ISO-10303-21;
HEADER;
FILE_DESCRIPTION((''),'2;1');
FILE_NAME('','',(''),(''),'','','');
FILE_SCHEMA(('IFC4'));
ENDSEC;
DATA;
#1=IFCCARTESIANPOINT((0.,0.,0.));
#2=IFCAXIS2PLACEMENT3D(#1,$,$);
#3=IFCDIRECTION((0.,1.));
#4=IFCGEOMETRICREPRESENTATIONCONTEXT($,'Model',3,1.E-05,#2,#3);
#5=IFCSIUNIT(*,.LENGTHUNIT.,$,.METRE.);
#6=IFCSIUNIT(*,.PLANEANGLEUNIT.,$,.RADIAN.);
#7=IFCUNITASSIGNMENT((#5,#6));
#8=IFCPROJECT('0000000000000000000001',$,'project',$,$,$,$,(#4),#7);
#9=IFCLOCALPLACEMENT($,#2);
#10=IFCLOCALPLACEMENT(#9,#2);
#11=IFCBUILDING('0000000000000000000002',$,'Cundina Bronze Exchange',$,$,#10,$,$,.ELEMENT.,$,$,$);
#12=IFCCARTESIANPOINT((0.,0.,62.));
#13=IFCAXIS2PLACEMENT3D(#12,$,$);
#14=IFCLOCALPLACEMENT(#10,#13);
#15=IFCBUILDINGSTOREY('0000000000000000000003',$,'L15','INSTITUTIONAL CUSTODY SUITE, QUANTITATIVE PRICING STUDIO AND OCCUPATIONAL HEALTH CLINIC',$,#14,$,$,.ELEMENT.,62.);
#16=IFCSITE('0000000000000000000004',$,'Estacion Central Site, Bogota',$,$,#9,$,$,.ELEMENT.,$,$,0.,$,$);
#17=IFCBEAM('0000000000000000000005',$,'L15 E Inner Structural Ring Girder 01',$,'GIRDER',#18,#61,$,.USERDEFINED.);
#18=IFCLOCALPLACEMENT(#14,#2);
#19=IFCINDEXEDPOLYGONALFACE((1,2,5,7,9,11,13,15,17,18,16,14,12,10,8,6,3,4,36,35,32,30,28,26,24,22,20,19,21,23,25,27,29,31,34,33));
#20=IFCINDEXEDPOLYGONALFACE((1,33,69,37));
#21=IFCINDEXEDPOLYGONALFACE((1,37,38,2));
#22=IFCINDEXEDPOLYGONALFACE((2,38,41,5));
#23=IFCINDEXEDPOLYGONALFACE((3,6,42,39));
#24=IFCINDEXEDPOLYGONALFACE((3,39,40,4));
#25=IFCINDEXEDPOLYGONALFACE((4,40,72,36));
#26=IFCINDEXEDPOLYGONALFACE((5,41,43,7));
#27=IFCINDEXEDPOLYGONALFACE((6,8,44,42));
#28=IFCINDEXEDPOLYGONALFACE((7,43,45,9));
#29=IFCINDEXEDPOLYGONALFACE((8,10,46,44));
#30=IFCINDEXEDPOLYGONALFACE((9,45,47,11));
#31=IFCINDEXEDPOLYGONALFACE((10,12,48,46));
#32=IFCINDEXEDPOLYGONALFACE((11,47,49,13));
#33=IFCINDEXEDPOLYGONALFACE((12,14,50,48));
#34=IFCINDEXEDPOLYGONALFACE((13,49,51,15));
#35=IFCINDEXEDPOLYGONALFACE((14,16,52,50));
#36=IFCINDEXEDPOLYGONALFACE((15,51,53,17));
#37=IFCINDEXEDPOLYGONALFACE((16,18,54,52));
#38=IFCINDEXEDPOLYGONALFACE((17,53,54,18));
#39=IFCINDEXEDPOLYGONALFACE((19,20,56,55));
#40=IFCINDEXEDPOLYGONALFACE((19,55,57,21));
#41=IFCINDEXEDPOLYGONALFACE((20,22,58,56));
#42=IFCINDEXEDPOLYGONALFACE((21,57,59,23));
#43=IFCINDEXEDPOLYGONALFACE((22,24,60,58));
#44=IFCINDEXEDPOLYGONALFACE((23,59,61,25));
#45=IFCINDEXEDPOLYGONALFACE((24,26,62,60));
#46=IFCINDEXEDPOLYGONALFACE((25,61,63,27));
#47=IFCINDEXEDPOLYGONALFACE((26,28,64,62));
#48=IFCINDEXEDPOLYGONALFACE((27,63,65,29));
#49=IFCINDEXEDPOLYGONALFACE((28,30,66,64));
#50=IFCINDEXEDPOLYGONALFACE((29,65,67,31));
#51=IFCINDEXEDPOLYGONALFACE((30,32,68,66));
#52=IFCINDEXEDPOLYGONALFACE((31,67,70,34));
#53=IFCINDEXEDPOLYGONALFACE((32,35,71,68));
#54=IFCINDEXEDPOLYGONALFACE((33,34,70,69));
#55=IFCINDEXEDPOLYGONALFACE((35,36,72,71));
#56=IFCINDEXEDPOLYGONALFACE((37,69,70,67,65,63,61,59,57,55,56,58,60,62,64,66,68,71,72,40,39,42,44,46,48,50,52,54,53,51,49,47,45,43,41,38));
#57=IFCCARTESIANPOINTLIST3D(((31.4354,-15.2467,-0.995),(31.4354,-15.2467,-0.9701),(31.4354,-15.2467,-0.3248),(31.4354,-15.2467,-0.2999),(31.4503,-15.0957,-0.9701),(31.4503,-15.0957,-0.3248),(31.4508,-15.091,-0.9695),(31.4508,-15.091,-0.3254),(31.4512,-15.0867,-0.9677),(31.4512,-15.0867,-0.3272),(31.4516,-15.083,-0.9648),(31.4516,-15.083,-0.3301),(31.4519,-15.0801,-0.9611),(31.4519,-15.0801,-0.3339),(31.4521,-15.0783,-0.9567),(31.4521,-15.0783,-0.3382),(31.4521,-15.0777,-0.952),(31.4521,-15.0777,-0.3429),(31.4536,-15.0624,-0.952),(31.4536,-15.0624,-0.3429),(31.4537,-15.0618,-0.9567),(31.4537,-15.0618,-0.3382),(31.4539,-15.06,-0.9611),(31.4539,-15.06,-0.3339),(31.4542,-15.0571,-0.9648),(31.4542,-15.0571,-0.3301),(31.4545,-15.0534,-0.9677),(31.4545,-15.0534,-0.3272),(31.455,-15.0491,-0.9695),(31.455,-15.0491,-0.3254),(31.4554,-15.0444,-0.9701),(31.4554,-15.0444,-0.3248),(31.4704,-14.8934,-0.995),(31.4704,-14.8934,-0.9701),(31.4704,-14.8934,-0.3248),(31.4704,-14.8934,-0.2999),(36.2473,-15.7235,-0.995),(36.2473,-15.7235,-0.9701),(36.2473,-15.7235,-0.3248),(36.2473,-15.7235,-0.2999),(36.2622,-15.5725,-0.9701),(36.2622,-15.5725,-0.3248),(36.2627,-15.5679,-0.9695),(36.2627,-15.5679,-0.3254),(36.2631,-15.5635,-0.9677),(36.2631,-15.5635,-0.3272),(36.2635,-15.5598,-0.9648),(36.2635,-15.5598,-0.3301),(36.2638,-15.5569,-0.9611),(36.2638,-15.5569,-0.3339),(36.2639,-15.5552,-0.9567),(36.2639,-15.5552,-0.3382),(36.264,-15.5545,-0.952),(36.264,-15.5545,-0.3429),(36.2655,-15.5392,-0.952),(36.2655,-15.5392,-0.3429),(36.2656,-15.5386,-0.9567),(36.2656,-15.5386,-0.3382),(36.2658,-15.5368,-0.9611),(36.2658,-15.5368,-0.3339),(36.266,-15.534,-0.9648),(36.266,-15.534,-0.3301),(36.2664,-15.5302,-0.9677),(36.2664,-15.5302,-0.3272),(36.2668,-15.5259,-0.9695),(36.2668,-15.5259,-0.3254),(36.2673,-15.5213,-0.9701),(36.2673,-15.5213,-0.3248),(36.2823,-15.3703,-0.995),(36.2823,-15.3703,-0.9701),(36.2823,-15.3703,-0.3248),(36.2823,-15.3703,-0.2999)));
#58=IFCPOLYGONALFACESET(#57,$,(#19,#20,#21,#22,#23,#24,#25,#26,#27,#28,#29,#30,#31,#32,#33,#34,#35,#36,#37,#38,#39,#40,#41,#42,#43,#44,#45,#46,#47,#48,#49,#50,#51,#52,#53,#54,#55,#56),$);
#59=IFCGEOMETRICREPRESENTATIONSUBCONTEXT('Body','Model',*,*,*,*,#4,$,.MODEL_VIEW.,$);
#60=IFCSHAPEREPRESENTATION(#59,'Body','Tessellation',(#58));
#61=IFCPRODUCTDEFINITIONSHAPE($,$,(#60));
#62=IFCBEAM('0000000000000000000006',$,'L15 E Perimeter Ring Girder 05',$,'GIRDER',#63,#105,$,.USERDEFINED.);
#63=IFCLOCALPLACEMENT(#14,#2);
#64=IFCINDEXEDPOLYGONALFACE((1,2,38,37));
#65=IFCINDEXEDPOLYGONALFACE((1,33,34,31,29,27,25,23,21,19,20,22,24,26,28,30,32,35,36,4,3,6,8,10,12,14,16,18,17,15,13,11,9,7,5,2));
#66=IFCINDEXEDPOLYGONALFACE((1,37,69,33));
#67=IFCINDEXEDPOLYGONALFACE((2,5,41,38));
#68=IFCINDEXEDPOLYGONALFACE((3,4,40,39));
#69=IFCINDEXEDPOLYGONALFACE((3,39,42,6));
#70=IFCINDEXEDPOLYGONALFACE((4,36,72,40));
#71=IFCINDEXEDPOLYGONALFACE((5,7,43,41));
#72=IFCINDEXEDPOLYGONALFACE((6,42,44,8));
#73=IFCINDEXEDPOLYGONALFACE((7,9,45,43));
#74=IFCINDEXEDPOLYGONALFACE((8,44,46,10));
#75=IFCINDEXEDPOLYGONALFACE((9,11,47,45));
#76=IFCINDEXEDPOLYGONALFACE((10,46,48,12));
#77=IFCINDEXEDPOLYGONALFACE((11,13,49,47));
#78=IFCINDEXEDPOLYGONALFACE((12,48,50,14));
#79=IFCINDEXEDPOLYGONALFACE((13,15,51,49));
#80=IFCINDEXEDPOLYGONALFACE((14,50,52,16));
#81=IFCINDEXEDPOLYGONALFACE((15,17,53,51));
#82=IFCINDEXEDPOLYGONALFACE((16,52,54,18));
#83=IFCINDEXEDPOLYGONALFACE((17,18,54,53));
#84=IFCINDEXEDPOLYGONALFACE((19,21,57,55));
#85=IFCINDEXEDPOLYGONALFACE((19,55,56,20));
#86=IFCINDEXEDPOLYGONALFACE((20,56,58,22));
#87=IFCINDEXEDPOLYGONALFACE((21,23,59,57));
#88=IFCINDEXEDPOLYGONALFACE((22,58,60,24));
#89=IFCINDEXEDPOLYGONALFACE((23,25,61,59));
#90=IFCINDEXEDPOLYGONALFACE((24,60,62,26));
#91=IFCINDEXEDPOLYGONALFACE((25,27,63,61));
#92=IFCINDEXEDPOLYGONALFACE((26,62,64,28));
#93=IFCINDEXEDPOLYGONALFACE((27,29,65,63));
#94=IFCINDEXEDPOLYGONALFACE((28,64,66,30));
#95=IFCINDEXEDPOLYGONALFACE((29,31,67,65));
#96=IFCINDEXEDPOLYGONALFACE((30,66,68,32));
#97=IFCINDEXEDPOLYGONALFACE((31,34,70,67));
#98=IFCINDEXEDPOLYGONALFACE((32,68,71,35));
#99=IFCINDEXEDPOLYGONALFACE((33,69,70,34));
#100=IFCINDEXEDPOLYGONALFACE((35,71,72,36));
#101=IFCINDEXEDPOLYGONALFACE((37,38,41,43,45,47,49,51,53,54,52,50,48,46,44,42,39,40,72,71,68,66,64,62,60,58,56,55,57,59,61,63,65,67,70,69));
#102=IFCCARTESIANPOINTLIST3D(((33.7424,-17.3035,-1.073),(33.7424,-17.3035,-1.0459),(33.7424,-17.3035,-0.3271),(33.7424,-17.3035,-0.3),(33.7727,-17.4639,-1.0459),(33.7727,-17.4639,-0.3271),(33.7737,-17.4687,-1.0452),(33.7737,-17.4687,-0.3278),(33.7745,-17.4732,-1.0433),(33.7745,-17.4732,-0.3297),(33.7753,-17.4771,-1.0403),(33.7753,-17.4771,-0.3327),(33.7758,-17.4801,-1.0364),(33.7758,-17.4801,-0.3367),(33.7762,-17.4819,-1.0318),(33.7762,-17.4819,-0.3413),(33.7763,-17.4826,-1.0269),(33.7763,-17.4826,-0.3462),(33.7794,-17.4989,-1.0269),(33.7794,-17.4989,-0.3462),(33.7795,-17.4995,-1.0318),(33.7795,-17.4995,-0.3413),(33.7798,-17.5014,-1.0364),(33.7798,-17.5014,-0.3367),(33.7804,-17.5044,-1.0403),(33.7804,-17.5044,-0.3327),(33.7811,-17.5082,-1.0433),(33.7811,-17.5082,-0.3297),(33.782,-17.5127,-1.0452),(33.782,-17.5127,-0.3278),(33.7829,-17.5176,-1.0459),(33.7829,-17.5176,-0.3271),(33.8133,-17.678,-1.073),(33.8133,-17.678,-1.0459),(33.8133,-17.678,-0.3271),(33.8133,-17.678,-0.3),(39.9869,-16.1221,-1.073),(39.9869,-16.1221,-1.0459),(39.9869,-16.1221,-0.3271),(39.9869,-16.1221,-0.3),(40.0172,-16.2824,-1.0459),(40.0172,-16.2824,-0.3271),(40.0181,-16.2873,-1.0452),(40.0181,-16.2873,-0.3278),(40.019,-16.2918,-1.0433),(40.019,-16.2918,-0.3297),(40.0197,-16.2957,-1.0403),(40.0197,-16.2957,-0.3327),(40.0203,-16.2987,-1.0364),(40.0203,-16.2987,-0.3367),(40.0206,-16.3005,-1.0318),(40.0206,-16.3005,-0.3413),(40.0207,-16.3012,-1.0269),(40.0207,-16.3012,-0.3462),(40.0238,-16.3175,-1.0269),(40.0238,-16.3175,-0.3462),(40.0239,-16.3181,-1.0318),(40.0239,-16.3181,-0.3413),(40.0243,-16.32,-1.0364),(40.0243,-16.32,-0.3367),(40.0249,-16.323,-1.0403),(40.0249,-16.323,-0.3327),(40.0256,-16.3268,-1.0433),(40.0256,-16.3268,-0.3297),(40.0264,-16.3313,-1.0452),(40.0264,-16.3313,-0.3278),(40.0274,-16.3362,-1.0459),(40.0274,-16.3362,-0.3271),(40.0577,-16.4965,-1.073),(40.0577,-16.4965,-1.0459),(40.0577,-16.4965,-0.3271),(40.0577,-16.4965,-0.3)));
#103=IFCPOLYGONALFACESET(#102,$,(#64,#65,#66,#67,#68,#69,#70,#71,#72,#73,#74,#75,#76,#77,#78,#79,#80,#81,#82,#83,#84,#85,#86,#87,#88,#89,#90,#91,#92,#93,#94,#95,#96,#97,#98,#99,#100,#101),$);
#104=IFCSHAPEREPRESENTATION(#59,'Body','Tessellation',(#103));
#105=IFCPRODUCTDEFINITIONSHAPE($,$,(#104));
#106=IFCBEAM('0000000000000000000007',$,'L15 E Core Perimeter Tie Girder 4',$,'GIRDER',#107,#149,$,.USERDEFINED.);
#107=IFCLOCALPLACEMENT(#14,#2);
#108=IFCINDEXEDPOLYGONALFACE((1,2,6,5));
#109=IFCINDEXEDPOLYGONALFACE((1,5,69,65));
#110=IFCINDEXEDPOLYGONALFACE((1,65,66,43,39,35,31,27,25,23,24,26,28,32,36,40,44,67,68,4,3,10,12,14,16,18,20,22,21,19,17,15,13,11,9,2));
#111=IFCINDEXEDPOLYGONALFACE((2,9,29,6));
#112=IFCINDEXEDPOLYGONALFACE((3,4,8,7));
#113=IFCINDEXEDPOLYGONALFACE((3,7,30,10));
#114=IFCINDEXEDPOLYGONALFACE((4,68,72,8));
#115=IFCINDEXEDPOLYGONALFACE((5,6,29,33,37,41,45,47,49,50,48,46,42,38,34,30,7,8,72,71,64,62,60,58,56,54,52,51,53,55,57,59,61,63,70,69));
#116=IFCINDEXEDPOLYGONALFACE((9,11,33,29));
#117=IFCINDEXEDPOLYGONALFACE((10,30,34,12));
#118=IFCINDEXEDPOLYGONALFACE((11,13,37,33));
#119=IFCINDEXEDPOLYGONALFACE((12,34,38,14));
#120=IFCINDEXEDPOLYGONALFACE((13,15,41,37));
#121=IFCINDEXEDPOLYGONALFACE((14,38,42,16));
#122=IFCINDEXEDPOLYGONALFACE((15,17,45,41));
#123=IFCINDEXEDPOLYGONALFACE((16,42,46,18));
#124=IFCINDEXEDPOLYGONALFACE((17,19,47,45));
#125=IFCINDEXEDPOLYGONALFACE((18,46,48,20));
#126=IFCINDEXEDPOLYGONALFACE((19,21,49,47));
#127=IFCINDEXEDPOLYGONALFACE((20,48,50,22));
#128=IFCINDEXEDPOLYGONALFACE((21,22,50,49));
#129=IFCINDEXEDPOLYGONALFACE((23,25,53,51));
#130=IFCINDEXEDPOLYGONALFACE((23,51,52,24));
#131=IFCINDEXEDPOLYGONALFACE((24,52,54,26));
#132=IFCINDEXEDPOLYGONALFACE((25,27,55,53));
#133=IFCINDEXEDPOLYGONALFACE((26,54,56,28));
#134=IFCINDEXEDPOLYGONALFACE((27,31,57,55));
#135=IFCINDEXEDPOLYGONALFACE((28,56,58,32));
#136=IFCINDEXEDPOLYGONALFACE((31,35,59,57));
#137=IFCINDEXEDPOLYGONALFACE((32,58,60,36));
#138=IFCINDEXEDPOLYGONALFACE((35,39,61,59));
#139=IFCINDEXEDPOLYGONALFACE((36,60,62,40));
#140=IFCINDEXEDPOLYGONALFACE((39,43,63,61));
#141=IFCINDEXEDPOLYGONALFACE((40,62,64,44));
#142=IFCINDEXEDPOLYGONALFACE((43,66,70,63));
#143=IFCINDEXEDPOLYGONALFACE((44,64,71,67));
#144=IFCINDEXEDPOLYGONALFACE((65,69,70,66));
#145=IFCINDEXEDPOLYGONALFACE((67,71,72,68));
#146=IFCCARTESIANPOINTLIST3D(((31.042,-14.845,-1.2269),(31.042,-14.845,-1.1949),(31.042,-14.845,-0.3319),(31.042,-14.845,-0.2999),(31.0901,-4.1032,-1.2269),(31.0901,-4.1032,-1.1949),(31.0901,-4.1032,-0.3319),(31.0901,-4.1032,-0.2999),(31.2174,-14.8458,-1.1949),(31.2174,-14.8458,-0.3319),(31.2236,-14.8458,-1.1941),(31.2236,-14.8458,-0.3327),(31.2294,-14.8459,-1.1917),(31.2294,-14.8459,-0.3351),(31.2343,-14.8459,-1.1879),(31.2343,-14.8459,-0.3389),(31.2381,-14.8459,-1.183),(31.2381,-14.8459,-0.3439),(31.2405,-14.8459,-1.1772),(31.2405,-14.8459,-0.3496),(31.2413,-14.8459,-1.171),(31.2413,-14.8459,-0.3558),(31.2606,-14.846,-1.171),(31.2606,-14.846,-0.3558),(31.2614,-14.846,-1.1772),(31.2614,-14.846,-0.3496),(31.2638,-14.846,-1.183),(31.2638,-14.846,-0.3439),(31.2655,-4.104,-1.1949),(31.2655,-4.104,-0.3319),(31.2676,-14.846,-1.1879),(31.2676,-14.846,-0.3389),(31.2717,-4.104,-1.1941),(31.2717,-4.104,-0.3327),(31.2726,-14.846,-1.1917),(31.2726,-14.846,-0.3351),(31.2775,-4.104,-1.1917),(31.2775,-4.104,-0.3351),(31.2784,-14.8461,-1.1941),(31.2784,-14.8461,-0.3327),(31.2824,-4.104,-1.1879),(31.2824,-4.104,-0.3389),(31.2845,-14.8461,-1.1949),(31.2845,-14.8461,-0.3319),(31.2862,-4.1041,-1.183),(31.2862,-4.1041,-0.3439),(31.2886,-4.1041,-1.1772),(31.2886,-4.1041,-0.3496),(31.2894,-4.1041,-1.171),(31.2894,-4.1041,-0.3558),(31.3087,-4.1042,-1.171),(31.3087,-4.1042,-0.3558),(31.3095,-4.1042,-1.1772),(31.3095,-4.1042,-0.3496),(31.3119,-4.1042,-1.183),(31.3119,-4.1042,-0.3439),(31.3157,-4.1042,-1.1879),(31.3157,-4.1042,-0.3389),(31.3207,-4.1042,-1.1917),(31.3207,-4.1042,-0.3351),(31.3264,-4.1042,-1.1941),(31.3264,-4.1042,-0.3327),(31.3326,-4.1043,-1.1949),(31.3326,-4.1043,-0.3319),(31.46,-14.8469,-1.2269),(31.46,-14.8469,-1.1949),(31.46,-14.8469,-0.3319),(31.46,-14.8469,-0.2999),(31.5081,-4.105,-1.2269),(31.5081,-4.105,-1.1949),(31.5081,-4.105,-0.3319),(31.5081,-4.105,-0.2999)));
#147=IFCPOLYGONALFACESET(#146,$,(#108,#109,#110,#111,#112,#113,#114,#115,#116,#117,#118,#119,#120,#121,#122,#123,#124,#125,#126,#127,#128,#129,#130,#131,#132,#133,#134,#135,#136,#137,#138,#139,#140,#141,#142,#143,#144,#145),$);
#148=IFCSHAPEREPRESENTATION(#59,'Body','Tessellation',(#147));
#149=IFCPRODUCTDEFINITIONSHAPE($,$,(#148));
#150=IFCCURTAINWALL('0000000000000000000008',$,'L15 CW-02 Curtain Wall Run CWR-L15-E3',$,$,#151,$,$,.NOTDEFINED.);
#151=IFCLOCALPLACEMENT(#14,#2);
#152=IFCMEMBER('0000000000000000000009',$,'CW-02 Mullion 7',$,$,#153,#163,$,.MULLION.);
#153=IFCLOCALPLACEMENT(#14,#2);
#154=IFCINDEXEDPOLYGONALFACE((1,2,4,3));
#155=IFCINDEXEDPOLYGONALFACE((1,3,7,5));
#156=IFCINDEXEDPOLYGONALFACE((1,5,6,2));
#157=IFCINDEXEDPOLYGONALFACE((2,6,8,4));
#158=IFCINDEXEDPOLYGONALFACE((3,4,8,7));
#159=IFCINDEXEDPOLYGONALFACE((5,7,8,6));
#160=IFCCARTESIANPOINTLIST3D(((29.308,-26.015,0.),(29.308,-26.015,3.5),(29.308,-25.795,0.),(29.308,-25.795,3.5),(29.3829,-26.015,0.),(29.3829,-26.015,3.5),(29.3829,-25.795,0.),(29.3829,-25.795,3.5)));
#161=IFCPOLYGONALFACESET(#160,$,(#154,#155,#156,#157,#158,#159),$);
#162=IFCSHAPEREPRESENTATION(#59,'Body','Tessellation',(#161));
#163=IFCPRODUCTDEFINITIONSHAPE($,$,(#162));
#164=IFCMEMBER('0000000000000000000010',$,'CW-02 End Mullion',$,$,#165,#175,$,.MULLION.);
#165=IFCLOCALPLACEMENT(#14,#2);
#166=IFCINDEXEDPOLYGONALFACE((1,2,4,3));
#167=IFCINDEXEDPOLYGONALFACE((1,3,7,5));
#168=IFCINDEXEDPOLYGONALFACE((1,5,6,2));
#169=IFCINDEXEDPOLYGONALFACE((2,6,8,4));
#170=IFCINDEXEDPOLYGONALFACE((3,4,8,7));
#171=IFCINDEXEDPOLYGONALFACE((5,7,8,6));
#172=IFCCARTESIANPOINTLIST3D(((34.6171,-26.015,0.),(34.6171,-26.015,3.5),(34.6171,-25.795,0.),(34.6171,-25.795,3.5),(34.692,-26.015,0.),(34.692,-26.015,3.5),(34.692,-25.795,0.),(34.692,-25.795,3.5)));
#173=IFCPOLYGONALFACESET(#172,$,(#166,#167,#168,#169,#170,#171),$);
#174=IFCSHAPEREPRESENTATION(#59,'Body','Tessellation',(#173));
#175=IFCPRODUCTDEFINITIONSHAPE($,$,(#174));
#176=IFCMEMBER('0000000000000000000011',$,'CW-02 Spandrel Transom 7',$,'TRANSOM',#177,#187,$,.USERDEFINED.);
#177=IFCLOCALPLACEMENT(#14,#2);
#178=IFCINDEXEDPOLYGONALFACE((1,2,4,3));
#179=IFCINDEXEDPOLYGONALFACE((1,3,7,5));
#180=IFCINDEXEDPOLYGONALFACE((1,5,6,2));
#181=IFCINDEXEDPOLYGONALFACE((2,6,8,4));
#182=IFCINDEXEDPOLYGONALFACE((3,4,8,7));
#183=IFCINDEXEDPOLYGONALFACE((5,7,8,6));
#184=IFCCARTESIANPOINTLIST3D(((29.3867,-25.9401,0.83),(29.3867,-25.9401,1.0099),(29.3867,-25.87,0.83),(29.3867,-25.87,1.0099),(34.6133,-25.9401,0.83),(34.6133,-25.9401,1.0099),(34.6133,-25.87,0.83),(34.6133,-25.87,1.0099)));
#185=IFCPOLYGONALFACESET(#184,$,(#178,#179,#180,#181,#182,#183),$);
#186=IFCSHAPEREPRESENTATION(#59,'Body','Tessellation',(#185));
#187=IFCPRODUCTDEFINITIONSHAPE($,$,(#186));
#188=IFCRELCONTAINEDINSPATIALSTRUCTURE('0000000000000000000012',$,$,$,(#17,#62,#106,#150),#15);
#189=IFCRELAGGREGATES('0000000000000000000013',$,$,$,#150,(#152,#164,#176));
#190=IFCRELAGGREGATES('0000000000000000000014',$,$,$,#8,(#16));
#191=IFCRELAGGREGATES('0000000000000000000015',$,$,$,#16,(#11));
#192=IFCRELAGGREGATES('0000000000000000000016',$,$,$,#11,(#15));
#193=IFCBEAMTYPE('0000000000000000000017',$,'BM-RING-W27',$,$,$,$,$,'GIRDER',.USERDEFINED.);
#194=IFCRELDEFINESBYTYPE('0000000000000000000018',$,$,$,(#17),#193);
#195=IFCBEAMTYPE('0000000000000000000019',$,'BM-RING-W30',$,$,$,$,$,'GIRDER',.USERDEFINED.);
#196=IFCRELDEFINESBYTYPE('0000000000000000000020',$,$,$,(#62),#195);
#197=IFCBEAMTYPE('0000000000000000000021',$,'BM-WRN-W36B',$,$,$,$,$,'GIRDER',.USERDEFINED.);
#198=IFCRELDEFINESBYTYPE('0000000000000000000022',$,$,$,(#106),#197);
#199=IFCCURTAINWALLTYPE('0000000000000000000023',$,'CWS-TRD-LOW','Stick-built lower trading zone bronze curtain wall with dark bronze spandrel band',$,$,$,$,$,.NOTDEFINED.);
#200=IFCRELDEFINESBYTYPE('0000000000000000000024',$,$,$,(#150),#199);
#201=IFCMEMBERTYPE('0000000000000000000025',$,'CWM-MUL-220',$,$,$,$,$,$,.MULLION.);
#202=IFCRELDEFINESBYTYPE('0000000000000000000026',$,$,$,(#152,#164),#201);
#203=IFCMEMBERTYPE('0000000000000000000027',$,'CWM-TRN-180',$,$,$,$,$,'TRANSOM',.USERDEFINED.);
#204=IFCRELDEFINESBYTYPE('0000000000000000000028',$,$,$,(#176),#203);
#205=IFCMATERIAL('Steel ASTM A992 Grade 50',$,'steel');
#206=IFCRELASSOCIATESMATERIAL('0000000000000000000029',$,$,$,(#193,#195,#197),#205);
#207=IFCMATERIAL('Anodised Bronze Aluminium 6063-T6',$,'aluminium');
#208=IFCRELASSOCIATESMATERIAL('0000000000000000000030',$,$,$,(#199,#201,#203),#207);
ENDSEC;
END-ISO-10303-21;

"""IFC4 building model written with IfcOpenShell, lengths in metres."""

from ifc_helpers import new_model, si_unit, direction, frame, origin, origin_2d, place, context, subcontext, project, spatial, rectangle, i_section, extrude, material, material_profile, profile_set, type_object, element, aggregate, save


model = new_model("IFC4")

# Units and contexts
model_context = context("Model", 3, precision=1e-05, world=origin(), true_north=direction((0.0, 1.0)))
body_context = subcontext(model_context, "Body", "Model", "MODEL_VIEW")
ifc_project = project(units=[si_unit("LENGTHUNIT", "METRE"), si_unit("PLANEANGLEUNIT", "RADIAN")], contexts=[model_context])

# Site, building, storey
site_placement = place(None, origin())
site = spatial("IfcSite", under=ifc_project, at=site_placement, Name="Estacion Central Site, Bogota", CompositionType="ELEMENT", RefElevation=0.0)
building_placement = place(site_placement, origin())
building = spatial("IfcBuilding", under=site, at=building_placement, Name="Cundina Bronze Exchange", CompositionType="ELEMENT")
storey_placement = place(building_placement, frame((0.0, 0.0, 62.0)))
storey = spatial("IfcBuildingStorey", under=building, at=storey_placement, Name="L15", Description="INSTITUTIONAL CUSTODY SUITE, QUANTITATIVE PRICING STUDIO AND OCCUPATIONAL HEALTH CLINIC", CompositionType="ELEMENT", Elevation=62.0)

# Shared definitions
ifc_material_1 = material(Name="Steel ASTM A992 Grade 50", Category="steel")

# Beams
ifc_material_profile_1 = material_profile(ifc_material_1, i_section(OverallWidth=0.355, OverallDepth=0.6951, WebThickness=0.0154, FlangeThickness=0.0249, FilletRadius=0.0181, at=origin_2d()), Name="W27X146", Category="steel")
ifc_profile_set_1 = profile_set([ifc_material_profile_1], Name="Steel ASTM A992 Grade 50")
beam_type_1 = type_object("IfcBeamType", Name="BM-RING-W27", ElementType="GIRDER", PredefinedType="USERDEFINED", material=ifc_profile_set_1)
beam_1_placement = place(storey_placement, frame((31.4529, -15.0701, -0.6475), z_axis=(0.995126, -0.098609, 0.0), x_axis=(0.098609, 0.995126, 0.0)))
element("IfcBeam", 1, at=beam_1_placement, inside=storey, type_object=beam_type_1, Name="L15 E Inner Structural Ring Girder 01", ObjectType="GIRDER", PredefinedType="USERDEFINED", context=body_context, shape_type="SweptSolid", body=[
    extrude(i_section(OverallWidth=0.355, OverallDepth=0.6951, WebThickness=0.0154, FlangeThickness=0.0249, FilletRadius=0.0181, at=origin_2d()), origin(), (0.0, 0.0, 1.0), 4.8354),
])
ifc_material_profile_2 = material_profile(ifc_material_1, i_section(OverallWidth=0.3811, OverallDepth=0.7729, WebThickness=0.0166, FlangeThickness=0.0271, FilletRadius=0.019, at=origin_2d()), Name="W30X173", Category="steel")
ifc_profile_set_2 = profile_set([ifc_material_profile_2], Name="Steel ASTM A992 Grade 50")
beam_type_2 = type_object("IfcBeamType", Name="BM-RING-W30", ElementType="GIRDER", PredefinedType="USERDEFINED", material=ifc_profile_set_2)
beam_2_placement = place(storey_placement, frame((33.7778, -17.4907, -0.6865), z_axis=(0.982569, 0.185896, 0.0), x_axis=(-0.185896, 0.982569, 0.0)))
element("IfcBeam", 2, at=beam_2_placement, inside=storey, type_object=beam_type_2, Name="L15 E Perimeter Ring Girder 05", ObjectType="GIRDER", PredefinedType="USERDEFINED", context=body_context, shape_type="SweptSolid", body=[
    extrude(i_section(OverallWidth=0.3811, OverallDepth=0.7729, WebThickness=0.0166, FlangeThickness=0.0271, FilletRadius=0.019, at=origin_2d()), origin(), (0.0, 0.0, 1.0), 6.3552),
])
ifc_material_profile_3 = material_profile(ifc_material_1, i_section(OverallWidth=0.418, OverallDepth=0.927, WebThickness=0.0193, FlangeThickness=0.032, FilletRadius=0.0239, at=origin_2d()), Name="W36X231", Category="steel")
ifc_profile_set_3 = profile_set([ifc_material_profile_3], Name="Steel ASTM A992 Grade 50")
beam_type_3 = type_object("IfcBeamType", Name="BM-WRN-W36B", ElementType="GIRDER", PredefinedType="USERDEFINED", material=ifc_profile_set_3)
beam_3_placement = place(storey_placement, frame((31.251, -14.8459, -0.7634), z_axis=(0.004477, 0.99999, 0.0), x_axis=(-0.99999, 0.004477, 0.0)))
element("IfcBeam", 3, at=beam_3_placement, inside=storey, type_object=beam_type_3, Name="L15 E Core Perimeter Tie Girder 4", ObjectType="GIRDER", PredefinedType="USERDEFINED", context=body_context, shape_type="SweptSolid", body=[
    extrude(i_section(OverallWidth=0.418, OverallDepth=0.927, WebThickness=0.0193, FlangeThickness=0.032, FilletRadius=0.0239, at=origin_2d()), origin(), (0.0, 0.0, 1.0), 10.7419),
])

# Curtain wall, members
ifc_material_2 = material(Name="Anodised Bronze Aluminium 6063-T6", Category="aluminium")
curtain_wall_type = type_object("IfcCurtainWallType", Name="CWS-TRD-LOW", Description="Stick-built lower trading zone bronze curtain wall with dark bronze spandrel band", PredefinedType="NOTDEFINED", material=ifc_material_2)
curtain_wall_placement = place(storey_placement, origin())
curtain_wall = element("IfcCurtainWall", 4, at=curtain_wall_placement, inside=storey, type_object=curtain_wall_type, Name="L15 CW-02 Curtain Wall Run CWR-L15-E3", PredefinedType="NOTDEFINED")
ifc_material_profile_4 = material_profile(ifc_material_2, rectangle(XDim=0.075, YDim=0.22, at=origin_2d()), Name="AL75X220", Category="aluminium")
ifc_profile_set_4 = profile_set([ifc_material_profile_4], Name="Anodised Bronze Aluminium 6063-T6")
member_type_1 = type_object("IfcMemberType", Name="CWM-MUL-220", PredefinedType="MULLION", material=ifc_profile_set_4)
member_1_placement = place(storey_placement, frame((29.3455, -25.905, 0.0), z_axis=(0.0, 0.0, 1.0), x_axis=(1.0, 0.0, 0.0)))
member_1 = element("IfcMember", 5, at=member_1_placement, type_object=member_type_1, Name="CW-02 Mullion 7", PredefinedType="MULLION", context=body_context, shape_type="SweptSolid", body=[
    extrude(rectangle(XDim=0.075, YDim=0.22, at=origin_2d()), origin(), (0.0, 0.0, 1.0), 3.5),
])
member_2_placement = place(storey_placement, frame((34.6545, -25.905, 0.0), z_axis=(0.0, 0.0, 1.0), x_axis=(1.0, 0.0, 0.0)))
member_2 = element("IfcMember", 6, at=member_2_placement, type_object=member_type_1, Name="CW-02 End Mullion", PredefinedType="MULLION", context=body_context, shape_type="SweptSolid", body=[
    extrude(rectangle(XDim=0.075, YDim=0.22, at=origin_2d()), origin(), (0.0, 0.0, 1.0), 3.5),
])
ifc_material_profile_5 = material_profile(ifc_material_2, rectangle(XDim=0.0701, YDim=0.1799, at=origin_2d()), Name="AL70X180", Category="aluminium")
ifc_profile_set_5 = profile_set([ifc_material_profile_5], Name="Anodised Bronze Aluminium 6063-T6")
member_type_2 = type_object("IfcMemberType", Name="CWM-TRN-180", ElementType="TRANSOM", PredefinedType="USERDEFINED", material=ifc_profile_set_5)
member_3_placement = place(storey_placement, frame((29.3867, -25.905, 0.9199), z_axis=(1.0, 0.0, 0.0), x_axis=(0.0, 1.0, 0.0)))
member_3 = element("IfcMember", 7, at=member_3_placement, type_object=member_type_2, Name="CW-02 Spandrel Transom 7", ObjectType="TRANSOM", PredefinedType="USERDEFINED", context=body_context, shape_type="SweptSolid", body=[
    extrude(rectangle(XDim=0.0701, YDim=0.1799, at=origin_2d()), origin(), (0.0, 0.0, 1.0), 5.2266),
])
aggregate(curtain_wall, [member_1, member_2, member_3])

save(model, "model.ifc")
